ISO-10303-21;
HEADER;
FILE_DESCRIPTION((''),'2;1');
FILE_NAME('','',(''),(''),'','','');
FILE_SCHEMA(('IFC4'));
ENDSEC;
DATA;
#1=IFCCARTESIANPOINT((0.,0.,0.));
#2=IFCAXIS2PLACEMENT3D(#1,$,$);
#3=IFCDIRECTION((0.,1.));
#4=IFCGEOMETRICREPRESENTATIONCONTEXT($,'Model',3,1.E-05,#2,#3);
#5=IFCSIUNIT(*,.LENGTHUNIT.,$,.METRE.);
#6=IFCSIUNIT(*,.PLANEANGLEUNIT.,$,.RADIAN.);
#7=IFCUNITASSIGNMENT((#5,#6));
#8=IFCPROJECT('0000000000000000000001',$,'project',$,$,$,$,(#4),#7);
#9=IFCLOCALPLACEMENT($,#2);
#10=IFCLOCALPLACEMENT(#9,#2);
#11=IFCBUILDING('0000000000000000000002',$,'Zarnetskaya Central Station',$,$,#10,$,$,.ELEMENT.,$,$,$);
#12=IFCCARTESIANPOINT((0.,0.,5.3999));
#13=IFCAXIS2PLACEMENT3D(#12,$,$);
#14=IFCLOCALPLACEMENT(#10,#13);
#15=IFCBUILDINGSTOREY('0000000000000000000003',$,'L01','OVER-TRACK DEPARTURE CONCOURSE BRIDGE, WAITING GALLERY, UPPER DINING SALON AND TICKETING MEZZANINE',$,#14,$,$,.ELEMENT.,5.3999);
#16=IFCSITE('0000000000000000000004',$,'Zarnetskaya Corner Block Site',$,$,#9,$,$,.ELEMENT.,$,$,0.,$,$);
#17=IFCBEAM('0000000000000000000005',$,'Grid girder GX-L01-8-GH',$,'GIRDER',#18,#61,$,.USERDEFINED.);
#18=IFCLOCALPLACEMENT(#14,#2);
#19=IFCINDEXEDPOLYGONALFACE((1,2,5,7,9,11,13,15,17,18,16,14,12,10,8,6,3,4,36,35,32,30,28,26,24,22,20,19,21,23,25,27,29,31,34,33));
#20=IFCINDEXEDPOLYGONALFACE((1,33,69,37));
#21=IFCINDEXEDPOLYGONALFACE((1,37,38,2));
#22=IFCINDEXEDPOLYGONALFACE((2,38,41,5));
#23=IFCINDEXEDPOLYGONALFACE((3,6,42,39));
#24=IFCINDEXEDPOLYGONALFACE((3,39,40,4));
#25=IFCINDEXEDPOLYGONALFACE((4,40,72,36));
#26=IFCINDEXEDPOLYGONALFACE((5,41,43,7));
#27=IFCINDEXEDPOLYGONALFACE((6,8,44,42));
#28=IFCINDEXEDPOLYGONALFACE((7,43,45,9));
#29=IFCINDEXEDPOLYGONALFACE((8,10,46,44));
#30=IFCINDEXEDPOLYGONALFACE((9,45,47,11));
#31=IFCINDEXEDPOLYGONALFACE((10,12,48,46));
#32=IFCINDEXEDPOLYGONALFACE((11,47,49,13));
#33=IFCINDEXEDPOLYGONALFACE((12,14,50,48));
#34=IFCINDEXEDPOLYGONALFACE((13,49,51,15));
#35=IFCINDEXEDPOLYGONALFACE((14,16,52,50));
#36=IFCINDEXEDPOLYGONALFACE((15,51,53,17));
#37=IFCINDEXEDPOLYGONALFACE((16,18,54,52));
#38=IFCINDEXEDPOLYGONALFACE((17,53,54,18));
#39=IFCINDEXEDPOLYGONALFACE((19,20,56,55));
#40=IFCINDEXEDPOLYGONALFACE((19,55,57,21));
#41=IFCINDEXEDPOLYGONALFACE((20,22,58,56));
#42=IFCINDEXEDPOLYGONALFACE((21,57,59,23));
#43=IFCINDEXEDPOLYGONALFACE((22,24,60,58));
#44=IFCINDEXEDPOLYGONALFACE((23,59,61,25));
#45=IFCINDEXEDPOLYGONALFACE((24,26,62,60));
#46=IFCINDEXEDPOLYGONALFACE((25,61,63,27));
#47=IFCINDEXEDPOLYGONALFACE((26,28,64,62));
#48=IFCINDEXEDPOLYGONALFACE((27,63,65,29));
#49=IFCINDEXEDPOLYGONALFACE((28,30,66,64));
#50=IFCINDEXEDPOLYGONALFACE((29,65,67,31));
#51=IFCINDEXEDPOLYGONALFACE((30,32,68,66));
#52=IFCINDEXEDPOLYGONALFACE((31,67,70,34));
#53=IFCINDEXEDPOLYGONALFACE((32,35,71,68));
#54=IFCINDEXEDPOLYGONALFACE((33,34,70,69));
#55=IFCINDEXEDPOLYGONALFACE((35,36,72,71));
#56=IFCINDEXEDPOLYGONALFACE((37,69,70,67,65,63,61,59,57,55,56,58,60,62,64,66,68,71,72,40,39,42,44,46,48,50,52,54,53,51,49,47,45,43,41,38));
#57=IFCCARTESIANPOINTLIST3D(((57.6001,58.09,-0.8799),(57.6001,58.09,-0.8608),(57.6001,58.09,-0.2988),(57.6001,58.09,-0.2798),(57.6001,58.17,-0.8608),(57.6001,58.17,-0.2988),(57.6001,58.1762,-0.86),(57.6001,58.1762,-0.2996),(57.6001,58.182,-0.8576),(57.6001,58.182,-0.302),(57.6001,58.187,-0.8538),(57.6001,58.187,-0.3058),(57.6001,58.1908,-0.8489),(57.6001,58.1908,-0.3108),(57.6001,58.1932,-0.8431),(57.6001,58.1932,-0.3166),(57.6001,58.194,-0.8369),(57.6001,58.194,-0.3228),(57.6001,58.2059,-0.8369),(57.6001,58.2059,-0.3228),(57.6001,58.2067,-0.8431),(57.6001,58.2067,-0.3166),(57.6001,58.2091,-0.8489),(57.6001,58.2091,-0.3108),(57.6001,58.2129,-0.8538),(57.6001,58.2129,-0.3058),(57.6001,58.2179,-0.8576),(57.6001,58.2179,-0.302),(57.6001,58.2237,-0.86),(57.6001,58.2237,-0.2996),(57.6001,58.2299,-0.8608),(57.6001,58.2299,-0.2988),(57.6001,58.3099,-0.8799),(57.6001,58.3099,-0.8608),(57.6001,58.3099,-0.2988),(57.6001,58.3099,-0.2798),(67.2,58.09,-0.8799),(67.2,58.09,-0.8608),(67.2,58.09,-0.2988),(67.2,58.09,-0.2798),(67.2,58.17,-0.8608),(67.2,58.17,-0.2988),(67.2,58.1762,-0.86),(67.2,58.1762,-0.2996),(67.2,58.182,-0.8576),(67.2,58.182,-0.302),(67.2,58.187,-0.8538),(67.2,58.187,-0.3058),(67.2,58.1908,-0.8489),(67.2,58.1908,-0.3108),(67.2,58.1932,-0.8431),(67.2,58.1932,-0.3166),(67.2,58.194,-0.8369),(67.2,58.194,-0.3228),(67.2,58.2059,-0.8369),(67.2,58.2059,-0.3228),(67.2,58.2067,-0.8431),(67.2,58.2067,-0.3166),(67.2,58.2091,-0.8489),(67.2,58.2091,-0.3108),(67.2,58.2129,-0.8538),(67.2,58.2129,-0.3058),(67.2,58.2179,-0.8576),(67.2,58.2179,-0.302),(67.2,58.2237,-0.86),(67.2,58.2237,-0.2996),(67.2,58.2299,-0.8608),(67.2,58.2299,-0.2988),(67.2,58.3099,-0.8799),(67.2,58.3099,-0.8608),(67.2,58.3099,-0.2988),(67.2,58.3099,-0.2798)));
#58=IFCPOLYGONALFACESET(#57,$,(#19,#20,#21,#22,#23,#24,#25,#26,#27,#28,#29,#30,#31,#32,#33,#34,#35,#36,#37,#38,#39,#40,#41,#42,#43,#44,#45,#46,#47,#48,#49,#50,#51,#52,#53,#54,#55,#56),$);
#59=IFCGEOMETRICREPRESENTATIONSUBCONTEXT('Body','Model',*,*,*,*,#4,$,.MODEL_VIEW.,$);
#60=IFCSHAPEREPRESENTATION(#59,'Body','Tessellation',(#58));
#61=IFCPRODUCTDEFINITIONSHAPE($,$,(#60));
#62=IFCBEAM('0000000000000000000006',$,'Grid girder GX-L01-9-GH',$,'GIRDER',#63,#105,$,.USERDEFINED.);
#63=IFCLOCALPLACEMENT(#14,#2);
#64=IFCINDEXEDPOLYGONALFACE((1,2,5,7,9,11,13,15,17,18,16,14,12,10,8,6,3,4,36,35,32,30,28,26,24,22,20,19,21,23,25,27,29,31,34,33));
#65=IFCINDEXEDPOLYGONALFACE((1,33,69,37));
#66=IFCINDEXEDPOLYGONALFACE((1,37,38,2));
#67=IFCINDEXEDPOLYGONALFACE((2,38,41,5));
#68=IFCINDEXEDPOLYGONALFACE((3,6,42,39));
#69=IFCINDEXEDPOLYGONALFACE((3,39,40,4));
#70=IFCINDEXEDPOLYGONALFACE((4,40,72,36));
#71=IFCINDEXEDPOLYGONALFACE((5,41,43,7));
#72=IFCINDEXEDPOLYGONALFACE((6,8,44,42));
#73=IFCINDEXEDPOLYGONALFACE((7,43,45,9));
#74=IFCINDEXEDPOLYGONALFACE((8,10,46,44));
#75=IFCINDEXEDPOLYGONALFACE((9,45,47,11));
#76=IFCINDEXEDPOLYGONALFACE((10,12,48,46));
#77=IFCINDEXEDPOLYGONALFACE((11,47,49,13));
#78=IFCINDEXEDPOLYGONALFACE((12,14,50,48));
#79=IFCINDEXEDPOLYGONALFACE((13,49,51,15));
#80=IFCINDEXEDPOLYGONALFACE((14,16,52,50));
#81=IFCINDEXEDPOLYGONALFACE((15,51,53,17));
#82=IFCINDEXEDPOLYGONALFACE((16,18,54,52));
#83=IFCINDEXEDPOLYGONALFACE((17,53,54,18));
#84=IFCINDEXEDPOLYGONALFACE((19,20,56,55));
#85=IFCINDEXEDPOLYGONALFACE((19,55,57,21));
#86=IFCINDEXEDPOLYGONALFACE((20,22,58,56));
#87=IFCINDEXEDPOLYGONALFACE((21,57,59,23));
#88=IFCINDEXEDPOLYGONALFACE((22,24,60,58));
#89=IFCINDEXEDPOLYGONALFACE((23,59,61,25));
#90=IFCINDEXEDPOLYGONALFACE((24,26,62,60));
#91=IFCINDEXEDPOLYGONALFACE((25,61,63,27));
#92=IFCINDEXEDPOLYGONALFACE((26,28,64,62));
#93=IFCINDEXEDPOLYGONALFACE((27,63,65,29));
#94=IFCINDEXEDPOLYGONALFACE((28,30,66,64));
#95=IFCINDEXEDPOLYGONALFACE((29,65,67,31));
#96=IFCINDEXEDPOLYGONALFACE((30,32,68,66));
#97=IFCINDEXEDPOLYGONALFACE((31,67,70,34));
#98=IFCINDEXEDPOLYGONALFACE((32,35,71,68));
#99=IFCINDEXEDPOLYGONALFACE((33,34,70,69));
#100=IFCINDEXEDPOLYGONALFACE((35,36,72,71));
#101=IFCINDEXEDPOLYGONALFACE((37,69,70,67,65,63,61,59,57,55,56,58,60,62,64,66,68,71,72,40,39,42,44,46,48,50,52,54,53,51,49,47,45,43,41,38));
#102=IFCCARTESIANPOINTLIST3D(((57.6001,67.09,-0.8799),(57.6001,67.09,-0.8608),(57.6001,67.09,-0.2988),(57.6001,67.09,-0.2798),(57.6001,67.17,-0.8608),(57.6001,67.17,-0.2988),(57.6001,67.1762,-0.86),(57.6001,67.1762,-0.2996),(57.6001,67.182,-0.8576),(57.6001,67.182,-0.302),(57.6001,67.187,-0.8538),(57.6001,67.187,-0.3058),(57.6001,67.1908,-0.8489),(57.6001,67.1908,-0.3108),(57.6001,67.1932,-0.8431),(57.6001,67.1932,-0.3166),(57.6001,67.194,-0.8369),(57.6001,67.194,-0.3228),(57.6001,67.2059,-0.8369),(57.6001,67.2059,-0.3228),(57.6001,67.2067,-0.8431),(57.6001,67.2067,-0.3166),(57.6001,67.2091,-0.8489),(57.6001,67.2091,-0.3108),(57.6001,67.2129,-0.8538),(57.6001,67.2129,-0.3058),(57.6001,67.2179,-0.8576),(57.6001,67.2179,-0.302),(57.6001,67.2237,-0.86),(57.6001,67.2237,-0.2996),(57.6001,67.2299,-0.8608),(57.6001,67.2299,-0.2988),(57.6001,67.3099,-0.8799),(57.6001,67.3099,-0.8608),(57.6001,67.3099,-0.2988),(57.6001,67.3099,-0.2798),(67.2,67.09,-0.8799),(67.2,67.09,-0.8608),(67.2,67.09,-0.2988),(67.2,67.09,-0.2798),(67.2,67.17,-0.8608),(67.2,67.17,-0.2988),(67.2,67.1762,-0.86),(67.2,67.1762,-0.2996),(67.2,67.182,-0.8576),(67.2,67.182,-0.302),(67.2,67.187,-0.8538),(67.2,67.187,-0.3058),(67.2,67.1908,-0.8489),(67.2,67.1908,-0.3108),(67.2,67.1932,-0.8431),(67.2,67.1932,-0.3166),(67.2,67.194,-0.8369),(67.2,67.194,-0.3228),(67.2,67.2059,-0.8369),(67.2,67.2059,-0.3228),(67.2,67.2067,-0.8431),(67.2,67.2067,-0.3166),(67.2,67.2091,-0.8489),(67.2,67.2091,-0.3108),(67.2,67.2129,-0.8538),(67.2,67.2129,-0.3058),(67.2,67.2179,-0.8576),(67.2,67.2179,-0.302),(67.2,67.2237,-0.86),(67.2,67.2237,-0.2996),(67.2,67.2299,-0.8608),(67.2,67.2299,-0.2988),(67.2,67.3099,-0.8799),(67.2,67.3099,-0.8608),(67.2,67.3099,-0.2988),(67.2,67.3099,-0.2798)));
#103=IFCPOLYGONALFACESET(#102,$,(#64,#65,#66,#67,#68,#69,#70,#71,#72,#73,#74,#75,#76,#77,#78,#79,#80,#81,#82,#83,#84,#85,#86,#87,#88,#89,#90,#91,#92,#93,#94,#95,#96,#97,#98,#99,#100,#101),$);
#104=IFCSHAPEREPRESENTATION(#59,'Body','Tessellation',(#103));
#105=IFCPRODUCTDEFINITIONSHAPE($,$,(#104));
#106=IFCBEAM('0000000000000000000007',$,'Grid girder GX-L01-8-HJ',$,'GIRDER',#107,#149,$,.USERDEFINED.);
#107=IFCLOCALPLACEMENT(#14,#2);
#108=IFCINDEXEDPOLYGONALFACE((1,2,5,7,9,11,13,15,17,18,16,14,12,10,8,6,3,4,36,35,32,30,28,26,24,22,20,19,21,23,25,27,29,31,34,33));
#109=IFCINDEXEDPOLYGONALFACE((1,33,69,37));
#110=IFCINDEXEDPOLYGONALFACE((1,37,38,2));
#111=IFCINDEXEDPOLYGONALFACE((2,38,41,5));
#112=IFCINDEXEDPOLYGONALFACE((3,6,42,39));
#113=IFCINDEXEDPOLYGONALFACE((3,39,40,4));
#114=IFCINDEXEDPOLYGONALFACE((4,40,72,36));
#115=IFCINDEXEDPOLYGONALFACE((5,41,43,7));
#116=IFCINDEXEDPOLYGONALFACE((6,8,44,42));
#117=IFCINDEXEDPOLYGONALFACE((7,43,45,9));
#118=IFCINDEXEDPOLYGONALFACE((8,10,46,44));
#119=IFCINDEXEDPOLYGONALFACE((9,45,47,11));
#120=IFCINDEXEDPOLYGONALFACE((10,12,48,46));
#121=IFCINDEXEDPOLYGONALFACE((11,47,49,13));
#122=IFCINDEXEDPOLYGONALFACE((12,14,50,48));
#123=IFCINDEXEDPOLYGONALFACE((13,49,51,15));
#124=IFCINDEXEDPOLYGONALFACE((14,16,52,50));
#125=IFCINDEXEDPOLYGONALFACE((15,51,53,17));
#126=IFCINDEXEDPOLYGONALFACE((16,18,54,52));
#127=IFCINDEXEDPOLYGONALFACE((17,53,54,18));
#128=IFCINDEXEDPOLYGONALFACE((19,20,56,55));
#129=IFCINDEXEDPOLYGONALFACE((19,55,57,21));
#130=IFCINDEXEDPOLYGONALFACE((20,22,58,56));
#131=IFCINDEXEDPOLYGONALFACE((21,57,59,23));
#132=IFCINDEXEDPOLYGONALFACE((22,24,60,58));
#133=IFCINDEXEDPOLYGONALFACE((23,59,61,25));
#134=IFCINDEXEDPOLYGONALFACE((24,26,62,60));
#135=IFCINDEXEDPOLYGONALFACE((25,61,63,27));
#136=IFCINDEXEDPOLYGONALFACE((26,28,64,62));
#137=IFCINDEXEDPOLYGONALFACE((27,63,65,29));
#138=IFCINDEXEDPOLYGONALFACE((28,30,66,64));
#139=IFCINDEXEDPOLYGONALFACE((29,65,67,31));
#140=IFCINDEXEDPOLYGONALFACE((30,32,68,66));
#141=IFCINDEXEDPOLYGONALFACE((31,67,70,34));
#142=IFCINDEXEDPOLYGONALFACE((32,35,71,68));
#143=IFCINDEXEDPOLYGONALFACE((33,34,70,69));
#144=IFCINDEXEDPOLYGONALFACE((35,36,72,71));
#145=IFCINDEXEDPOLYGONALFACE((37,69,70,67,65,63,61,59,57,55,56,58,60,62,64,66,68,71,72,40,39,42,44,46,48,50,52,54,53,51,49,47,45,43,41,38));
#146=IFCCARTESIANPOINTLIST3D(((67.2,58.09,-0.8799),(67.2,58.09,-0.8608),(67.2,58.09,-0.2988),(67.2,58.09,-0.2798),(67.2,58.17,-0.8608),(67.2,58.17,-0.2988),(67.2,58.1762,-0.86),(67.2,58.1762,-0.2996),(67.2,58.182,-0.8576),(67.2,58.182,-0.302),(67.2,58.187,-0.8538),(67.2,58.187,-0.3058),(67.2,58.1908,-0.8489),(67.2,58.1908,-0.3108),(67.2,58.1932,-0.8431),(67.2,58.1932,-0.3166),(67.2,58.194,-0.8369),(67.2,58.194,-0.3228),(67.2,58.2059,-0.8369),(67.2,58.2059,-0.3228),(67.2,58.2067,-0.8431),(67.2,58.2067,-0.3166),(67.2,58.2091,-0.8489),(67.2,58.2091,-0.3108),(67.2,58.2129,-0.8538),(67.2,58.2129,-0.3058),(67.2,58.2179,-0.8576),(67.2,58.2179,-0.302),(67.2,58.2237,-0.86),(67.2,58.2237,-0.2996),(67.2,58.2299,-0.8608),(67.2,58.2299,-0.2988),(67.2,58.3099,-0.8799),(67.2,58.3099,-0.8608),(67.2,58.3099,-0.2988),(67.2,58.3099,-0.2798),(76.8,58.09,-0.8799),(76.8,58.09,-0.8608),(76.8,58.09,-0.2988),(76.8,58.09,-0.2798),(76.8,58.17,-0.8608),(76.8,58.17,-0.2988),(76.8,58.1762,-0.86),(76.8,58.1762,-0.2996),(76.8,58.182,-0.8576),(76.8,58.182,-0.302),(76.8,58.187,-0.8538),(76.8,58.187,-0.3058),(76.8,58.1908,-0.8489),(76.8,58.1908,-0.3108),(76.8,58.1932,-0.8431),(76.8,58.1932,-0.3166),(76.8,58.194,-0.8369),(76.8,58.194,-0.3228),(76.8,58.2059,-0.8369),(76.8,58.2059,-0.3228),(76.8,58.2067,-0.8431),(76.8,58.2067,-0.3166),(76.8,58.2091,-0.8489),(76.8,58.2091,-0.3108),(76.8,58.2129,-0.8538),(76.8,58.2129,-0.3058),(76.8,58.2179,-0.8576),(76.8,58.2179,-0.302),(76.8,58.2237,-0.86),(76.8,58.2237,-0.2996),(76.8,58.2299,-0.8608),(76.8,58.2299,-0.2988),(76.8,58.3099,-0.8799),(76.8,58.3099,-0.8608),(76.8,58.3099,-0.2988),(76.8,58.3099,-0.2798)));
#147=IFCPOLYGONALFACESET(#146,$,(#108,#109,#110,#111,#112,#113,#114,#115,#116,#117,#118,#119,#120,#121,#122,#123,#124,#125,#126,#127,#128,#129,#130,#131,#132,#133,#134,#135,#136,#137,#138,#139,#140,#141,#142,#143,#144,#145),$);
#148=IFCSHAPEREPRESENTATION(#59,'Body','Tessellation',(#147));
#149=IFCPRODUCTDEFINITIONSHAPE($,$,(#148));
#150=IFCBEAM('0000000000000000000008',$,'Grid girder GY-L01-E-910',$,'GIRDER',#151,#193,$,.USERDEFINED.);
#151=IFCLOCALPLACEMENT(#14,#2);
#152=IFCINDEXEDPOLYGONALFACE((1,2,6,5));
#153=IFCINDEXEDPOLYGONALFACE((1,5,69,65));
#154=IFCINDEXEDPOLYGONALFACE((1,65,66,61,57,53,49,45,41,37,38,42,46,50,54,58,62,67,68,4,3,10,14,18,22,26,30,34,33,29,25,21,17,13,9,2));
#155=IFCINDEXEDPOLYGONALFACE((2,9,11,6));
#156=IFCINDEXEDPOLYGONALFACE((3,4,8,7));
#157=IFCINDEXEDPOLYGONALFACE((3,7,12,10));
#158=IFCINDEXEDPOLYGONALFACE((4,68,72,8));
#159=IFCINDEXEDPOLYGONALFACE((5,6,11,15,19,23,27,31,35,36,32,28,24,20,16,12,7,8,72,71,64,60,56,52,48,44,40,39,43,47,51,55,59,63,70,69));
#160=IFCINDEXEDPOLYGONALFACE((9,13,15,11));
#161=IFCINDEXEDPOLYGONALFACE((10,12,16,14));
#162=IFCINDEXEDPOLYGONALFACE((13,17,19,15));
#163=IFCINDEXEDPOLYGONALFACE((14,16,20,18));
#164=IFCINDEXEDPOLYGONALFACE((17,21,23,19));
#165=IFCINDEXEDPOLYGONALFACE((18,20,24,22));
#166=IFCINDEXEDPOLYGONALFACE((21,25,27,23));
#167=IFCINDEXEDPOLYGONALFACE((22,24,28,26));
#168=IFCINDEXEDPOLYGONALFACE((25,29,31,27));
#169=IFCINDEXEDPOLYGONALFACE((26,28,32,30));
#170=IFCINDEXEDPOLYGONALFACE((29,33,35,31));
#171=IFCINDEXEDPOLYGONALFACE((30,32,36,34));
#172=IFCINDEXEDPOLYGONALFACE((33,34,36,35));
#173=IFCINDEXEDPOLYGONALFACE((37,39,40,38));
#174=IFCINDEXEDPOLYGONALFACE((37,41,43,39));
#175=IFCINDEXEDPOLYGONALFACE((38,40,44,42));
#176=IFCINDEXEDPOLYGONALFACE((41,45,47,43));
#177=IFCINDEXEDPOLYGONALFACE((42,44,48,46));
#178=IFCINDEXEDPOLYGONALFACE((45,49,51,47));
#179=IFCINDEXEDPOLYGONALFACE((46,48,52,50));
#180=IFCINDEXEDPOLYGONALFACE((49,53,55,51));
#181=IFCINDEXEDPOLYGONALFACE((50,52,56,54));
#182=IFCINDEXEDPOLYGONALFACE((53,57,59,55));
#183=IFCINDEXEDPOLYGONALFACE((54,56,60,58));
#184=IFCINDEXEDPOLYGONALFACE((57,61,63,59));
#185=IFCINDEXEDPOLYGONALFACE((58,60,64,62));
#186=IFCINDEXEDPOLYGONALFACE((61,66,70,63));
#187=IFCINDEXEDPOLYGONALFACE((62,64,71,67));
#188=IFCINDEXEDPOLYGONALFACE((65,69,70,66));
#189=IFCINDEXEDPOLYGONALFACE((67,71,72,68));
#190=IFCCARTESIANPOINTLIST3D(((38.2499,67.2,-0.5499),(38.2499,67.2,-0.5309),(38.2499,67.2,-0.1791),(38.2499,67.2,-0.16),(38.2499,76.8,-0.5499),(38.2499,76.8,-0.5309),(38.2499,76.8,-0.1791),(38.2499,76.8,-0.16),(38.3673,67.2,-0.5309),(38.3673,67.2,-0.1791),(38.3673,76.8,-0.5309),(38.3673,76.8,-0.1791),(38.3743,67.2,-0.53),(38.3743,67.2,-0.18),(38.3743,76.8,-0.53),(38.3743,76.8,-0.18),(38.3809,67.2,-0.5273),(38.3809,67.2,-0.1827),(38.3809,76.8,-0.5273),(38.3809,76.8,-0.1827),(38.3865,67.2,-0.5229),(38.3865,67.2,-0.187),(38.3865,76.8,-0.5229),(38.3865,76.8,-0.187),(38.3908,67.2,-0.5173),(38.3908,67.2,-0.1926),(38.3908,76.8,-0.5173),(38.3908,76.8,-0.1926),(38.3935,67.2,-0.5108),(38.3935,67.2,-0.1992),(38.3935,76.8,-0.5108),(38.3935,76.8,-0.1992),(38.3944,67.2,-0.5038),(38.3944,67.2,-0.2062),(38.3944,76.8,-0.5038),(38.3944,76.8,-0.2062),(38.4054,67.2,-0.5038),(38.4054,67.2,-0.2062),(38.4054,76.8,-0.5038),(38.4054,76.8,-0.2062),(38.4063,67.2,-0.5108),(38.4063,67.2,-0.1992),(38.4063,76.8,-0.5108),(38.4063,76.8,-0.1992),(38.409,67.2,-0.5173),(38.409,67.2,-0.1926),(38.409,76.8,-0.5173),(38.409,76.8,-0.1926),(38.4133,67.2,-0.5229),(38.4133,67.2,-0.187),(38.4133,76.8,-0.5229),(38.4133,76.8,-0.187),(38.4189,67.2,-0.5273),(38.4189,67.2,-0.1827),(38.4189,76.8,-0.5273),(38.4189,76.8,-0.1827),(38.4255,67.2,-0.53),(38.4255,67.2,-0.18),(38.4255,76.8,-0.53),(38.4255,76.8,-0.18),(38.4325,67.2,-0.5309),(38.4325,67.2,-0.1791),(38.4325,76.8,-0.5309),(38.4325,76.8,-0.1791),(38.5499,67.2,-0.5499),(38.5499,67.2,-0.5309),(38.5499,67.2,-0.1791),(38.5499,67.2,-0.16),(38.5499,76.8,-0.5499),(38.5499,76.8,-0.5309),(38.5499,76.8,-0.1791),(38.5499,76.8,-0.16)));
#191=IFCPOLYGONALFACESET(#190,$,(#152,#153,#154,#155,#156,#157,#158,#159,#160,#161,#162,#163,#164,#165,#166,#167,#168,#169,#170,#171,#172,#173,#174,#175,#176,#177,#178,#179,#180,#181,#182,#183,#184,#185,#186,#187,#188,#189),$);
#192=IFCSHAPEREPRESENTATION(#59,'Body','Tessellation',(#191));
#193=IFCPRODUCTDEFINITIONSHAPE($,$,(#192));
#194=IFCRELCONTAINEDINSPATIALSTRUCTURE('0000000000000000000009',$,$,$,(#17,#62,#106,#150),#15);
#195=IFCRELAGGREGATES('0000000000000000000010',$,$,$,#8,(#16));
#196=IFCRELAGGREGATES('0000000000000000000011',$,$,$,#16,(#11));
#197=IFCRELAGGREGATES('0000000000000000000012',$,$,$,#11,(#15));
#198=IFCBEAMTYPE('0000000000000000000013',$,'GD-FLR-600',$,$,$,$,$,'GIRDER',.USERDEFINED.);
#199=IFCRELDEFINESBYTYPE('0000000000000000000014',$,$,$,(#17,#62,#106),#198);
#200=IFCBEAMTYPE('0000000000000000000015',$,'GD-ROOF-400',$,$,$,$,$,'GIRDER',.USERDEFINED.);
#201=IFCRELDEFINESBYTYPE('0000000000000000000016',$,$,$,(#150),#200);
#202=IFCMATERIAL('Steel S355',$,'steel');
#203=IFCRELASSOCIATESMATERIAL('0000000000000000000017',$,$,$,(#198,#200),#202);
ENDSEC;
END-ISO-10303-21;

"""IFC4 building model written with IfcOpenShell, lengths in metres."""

from ifc_helpers import new_model, si_unit, direction, frame, origin, origin_2d, place, context, subcontext, project, spatial, i_section, extrude, material, material_profile, profile_set, type_object, element, save


model = new_model("IFC4")

# Units and contexts
model_context = context("Model", 3, precision=1e-05, world=origin(), true_north=direction((0.0, 1.0)))
body_context = subcontext(model_context, "Body", "Model", "MODEL_VIEW")
ifc_project = project(units=[si_unit("LENGTHUNIT", "METRE"), si_unit("PLANEANGLEUNIT", "RADIAN")], contexts=[model_context])

# Site, building, storey
site_placement = place(None, origin())
site = spatial("IfcSite", under=ifc_project, at=site_placement, Name="Zarnetskaya Corner Block Site", CompositionType="ELEMENT", RefElevation=0.0)
building_placement = place(site_placement, origin())
building = spatial("IfcBuilding", under=site, at=building_placement, Name="Zarnetskaya Central Station", CompositionType="ELEMENT")
storey_placement = place(building_placement, frame((0.0, 0.0, 5.3999)))
storey = spatial("IfcBuildingStorey", under=building, at=storey_placement, Name="L01", Description="OVER-TRACK DEPARTURE CONCOURSE BRIDGE, WAITING GALLERY, UPPER DINING SALON AND TICKETING MEZZANINE", CompositionType="ELEMENT", Elevation=5.3999)

# Shared definitions
ifc_material_1 = material(Name="Steel S355", Category="steel")

# Beams
ifc_material_profile_1 = material_profile(ifc_material_1, i_section(OverallWidth=0.22, OverallDepth=0.6001, WebThickness=0.012, FlangeThickness=0.019, FilletRadius=0.0239, at=origin_2d()), Name="IPE 600")
ifc_profile_set_1 = profile_set([ifc_material_profile_1], Name="Steel S355")
beam_type_1 = type_object("IfcBeamType", Name="GD-FLR-600", ElementType="GIRDER", PredefinedType="USERDEFINED", material=ifc_profile_set_1)
for number, where, z_axis, x_axis, name in (
    (1, (57.6001, 58.2, -0.5798), (1.0, 0.0, 0.0), (0.0, 1.0, 0.0), "Grid girder GX-L01-8-GH"),
    (2, (57.6001, 67.2, -0.5798), (1.0, 0.0, 0.0), (0.0, 1.0, 0.0), "Grid girder GX-L01-9-GH"),
):
    element("IfcBeam", number, at=place(storey_placement, frame(where, z_axis=z_axis, x_axis=x_axis)), inside=storey, type_object=beam_type_1, Name=name, ObjectType="GIRDER", PredefinedType="USERDEFINED", context=body_context, shape_type="SweptSolid", body=[
        extrude(i_section(OverallWidth=0.22, OverallDepth=0.6001, WebThickness=0.012, FlangeThickness=0.019, FilletRadius=0.0239, at=origin_2d()), origin(), (0.0, 0.0, 1.0), 9.5999),
    ])
beam_placement = place(storey_placement, frame((67.2, 58.2, -0.5798), z_axis=(1.0, 0.0, 0.0), x_axis=(0.0, 1.0, 0.0)))
element("IfcBeam", 3, at=beam_placement, inside=storey, type_object=beam_type_1, Name="Grid girder GX-L01-8-HJ", ObjectType="GIRDER", PredefinedType="USERDEFINED", context=body_context, shape_type="SweptSolid", body=[
    extrude(i_section(OverallWidth=0.22, OverallDepth=0.6001, WebThickness=0.012, FlangeThickness=0.019, FilletRadius=0.0239, at=origin_2d()), origin(), (0.0, 0.0, 1.0), 9.6001),
])
ifc_material_profile_2 = material_profile(ifc_material_1, i_section(OverallWidth=0.3, OverallDepth=0.3899, WebThickness=0.011, FlangeThickness=0.019, FilletRadius=0.0271, at=origin_2d()), Name="HEA 400")
ifc_profile_set_2 = profile_set([ifc_material_profile_2], Name="Steel S355")
beam_type_2 = type_object("IfcBeamType", Name="GD-ROOF-400", ElementType="GIRDER", PredefinedType="USERDEFINED", material=ifc_profile_set_2)
for number, where, z_axis, x_axis, name in (
    (4, (38.3999, 67.2, -0.355), (0.0, 1.0, 0.0), (-1.0, 0.0, 0.0), "Grid girder GY-L01-E-910"),
):
    element("IfcBeam", number, at=place(storey_placement, frame(where, z_axis=z_axis, x_axis=x_axis)), inside=storey, type_object=beam_type_2, Name=name, ObjectType="GIRDER", PredefinedType="USERDEFINED", context=body_context, shape_type="SweptSolid", body=[
        extrude(i_section(OverallWidth=0.3, OverallDepth=0.3899, WebThickness=0.011, FlangeThickness=0.019, FilletRadius=0.0271, at=origin_2d()), origin(), (0.0, 0.0, 1.0), 9.6001),
    ])

save(model, "model.ifc")
